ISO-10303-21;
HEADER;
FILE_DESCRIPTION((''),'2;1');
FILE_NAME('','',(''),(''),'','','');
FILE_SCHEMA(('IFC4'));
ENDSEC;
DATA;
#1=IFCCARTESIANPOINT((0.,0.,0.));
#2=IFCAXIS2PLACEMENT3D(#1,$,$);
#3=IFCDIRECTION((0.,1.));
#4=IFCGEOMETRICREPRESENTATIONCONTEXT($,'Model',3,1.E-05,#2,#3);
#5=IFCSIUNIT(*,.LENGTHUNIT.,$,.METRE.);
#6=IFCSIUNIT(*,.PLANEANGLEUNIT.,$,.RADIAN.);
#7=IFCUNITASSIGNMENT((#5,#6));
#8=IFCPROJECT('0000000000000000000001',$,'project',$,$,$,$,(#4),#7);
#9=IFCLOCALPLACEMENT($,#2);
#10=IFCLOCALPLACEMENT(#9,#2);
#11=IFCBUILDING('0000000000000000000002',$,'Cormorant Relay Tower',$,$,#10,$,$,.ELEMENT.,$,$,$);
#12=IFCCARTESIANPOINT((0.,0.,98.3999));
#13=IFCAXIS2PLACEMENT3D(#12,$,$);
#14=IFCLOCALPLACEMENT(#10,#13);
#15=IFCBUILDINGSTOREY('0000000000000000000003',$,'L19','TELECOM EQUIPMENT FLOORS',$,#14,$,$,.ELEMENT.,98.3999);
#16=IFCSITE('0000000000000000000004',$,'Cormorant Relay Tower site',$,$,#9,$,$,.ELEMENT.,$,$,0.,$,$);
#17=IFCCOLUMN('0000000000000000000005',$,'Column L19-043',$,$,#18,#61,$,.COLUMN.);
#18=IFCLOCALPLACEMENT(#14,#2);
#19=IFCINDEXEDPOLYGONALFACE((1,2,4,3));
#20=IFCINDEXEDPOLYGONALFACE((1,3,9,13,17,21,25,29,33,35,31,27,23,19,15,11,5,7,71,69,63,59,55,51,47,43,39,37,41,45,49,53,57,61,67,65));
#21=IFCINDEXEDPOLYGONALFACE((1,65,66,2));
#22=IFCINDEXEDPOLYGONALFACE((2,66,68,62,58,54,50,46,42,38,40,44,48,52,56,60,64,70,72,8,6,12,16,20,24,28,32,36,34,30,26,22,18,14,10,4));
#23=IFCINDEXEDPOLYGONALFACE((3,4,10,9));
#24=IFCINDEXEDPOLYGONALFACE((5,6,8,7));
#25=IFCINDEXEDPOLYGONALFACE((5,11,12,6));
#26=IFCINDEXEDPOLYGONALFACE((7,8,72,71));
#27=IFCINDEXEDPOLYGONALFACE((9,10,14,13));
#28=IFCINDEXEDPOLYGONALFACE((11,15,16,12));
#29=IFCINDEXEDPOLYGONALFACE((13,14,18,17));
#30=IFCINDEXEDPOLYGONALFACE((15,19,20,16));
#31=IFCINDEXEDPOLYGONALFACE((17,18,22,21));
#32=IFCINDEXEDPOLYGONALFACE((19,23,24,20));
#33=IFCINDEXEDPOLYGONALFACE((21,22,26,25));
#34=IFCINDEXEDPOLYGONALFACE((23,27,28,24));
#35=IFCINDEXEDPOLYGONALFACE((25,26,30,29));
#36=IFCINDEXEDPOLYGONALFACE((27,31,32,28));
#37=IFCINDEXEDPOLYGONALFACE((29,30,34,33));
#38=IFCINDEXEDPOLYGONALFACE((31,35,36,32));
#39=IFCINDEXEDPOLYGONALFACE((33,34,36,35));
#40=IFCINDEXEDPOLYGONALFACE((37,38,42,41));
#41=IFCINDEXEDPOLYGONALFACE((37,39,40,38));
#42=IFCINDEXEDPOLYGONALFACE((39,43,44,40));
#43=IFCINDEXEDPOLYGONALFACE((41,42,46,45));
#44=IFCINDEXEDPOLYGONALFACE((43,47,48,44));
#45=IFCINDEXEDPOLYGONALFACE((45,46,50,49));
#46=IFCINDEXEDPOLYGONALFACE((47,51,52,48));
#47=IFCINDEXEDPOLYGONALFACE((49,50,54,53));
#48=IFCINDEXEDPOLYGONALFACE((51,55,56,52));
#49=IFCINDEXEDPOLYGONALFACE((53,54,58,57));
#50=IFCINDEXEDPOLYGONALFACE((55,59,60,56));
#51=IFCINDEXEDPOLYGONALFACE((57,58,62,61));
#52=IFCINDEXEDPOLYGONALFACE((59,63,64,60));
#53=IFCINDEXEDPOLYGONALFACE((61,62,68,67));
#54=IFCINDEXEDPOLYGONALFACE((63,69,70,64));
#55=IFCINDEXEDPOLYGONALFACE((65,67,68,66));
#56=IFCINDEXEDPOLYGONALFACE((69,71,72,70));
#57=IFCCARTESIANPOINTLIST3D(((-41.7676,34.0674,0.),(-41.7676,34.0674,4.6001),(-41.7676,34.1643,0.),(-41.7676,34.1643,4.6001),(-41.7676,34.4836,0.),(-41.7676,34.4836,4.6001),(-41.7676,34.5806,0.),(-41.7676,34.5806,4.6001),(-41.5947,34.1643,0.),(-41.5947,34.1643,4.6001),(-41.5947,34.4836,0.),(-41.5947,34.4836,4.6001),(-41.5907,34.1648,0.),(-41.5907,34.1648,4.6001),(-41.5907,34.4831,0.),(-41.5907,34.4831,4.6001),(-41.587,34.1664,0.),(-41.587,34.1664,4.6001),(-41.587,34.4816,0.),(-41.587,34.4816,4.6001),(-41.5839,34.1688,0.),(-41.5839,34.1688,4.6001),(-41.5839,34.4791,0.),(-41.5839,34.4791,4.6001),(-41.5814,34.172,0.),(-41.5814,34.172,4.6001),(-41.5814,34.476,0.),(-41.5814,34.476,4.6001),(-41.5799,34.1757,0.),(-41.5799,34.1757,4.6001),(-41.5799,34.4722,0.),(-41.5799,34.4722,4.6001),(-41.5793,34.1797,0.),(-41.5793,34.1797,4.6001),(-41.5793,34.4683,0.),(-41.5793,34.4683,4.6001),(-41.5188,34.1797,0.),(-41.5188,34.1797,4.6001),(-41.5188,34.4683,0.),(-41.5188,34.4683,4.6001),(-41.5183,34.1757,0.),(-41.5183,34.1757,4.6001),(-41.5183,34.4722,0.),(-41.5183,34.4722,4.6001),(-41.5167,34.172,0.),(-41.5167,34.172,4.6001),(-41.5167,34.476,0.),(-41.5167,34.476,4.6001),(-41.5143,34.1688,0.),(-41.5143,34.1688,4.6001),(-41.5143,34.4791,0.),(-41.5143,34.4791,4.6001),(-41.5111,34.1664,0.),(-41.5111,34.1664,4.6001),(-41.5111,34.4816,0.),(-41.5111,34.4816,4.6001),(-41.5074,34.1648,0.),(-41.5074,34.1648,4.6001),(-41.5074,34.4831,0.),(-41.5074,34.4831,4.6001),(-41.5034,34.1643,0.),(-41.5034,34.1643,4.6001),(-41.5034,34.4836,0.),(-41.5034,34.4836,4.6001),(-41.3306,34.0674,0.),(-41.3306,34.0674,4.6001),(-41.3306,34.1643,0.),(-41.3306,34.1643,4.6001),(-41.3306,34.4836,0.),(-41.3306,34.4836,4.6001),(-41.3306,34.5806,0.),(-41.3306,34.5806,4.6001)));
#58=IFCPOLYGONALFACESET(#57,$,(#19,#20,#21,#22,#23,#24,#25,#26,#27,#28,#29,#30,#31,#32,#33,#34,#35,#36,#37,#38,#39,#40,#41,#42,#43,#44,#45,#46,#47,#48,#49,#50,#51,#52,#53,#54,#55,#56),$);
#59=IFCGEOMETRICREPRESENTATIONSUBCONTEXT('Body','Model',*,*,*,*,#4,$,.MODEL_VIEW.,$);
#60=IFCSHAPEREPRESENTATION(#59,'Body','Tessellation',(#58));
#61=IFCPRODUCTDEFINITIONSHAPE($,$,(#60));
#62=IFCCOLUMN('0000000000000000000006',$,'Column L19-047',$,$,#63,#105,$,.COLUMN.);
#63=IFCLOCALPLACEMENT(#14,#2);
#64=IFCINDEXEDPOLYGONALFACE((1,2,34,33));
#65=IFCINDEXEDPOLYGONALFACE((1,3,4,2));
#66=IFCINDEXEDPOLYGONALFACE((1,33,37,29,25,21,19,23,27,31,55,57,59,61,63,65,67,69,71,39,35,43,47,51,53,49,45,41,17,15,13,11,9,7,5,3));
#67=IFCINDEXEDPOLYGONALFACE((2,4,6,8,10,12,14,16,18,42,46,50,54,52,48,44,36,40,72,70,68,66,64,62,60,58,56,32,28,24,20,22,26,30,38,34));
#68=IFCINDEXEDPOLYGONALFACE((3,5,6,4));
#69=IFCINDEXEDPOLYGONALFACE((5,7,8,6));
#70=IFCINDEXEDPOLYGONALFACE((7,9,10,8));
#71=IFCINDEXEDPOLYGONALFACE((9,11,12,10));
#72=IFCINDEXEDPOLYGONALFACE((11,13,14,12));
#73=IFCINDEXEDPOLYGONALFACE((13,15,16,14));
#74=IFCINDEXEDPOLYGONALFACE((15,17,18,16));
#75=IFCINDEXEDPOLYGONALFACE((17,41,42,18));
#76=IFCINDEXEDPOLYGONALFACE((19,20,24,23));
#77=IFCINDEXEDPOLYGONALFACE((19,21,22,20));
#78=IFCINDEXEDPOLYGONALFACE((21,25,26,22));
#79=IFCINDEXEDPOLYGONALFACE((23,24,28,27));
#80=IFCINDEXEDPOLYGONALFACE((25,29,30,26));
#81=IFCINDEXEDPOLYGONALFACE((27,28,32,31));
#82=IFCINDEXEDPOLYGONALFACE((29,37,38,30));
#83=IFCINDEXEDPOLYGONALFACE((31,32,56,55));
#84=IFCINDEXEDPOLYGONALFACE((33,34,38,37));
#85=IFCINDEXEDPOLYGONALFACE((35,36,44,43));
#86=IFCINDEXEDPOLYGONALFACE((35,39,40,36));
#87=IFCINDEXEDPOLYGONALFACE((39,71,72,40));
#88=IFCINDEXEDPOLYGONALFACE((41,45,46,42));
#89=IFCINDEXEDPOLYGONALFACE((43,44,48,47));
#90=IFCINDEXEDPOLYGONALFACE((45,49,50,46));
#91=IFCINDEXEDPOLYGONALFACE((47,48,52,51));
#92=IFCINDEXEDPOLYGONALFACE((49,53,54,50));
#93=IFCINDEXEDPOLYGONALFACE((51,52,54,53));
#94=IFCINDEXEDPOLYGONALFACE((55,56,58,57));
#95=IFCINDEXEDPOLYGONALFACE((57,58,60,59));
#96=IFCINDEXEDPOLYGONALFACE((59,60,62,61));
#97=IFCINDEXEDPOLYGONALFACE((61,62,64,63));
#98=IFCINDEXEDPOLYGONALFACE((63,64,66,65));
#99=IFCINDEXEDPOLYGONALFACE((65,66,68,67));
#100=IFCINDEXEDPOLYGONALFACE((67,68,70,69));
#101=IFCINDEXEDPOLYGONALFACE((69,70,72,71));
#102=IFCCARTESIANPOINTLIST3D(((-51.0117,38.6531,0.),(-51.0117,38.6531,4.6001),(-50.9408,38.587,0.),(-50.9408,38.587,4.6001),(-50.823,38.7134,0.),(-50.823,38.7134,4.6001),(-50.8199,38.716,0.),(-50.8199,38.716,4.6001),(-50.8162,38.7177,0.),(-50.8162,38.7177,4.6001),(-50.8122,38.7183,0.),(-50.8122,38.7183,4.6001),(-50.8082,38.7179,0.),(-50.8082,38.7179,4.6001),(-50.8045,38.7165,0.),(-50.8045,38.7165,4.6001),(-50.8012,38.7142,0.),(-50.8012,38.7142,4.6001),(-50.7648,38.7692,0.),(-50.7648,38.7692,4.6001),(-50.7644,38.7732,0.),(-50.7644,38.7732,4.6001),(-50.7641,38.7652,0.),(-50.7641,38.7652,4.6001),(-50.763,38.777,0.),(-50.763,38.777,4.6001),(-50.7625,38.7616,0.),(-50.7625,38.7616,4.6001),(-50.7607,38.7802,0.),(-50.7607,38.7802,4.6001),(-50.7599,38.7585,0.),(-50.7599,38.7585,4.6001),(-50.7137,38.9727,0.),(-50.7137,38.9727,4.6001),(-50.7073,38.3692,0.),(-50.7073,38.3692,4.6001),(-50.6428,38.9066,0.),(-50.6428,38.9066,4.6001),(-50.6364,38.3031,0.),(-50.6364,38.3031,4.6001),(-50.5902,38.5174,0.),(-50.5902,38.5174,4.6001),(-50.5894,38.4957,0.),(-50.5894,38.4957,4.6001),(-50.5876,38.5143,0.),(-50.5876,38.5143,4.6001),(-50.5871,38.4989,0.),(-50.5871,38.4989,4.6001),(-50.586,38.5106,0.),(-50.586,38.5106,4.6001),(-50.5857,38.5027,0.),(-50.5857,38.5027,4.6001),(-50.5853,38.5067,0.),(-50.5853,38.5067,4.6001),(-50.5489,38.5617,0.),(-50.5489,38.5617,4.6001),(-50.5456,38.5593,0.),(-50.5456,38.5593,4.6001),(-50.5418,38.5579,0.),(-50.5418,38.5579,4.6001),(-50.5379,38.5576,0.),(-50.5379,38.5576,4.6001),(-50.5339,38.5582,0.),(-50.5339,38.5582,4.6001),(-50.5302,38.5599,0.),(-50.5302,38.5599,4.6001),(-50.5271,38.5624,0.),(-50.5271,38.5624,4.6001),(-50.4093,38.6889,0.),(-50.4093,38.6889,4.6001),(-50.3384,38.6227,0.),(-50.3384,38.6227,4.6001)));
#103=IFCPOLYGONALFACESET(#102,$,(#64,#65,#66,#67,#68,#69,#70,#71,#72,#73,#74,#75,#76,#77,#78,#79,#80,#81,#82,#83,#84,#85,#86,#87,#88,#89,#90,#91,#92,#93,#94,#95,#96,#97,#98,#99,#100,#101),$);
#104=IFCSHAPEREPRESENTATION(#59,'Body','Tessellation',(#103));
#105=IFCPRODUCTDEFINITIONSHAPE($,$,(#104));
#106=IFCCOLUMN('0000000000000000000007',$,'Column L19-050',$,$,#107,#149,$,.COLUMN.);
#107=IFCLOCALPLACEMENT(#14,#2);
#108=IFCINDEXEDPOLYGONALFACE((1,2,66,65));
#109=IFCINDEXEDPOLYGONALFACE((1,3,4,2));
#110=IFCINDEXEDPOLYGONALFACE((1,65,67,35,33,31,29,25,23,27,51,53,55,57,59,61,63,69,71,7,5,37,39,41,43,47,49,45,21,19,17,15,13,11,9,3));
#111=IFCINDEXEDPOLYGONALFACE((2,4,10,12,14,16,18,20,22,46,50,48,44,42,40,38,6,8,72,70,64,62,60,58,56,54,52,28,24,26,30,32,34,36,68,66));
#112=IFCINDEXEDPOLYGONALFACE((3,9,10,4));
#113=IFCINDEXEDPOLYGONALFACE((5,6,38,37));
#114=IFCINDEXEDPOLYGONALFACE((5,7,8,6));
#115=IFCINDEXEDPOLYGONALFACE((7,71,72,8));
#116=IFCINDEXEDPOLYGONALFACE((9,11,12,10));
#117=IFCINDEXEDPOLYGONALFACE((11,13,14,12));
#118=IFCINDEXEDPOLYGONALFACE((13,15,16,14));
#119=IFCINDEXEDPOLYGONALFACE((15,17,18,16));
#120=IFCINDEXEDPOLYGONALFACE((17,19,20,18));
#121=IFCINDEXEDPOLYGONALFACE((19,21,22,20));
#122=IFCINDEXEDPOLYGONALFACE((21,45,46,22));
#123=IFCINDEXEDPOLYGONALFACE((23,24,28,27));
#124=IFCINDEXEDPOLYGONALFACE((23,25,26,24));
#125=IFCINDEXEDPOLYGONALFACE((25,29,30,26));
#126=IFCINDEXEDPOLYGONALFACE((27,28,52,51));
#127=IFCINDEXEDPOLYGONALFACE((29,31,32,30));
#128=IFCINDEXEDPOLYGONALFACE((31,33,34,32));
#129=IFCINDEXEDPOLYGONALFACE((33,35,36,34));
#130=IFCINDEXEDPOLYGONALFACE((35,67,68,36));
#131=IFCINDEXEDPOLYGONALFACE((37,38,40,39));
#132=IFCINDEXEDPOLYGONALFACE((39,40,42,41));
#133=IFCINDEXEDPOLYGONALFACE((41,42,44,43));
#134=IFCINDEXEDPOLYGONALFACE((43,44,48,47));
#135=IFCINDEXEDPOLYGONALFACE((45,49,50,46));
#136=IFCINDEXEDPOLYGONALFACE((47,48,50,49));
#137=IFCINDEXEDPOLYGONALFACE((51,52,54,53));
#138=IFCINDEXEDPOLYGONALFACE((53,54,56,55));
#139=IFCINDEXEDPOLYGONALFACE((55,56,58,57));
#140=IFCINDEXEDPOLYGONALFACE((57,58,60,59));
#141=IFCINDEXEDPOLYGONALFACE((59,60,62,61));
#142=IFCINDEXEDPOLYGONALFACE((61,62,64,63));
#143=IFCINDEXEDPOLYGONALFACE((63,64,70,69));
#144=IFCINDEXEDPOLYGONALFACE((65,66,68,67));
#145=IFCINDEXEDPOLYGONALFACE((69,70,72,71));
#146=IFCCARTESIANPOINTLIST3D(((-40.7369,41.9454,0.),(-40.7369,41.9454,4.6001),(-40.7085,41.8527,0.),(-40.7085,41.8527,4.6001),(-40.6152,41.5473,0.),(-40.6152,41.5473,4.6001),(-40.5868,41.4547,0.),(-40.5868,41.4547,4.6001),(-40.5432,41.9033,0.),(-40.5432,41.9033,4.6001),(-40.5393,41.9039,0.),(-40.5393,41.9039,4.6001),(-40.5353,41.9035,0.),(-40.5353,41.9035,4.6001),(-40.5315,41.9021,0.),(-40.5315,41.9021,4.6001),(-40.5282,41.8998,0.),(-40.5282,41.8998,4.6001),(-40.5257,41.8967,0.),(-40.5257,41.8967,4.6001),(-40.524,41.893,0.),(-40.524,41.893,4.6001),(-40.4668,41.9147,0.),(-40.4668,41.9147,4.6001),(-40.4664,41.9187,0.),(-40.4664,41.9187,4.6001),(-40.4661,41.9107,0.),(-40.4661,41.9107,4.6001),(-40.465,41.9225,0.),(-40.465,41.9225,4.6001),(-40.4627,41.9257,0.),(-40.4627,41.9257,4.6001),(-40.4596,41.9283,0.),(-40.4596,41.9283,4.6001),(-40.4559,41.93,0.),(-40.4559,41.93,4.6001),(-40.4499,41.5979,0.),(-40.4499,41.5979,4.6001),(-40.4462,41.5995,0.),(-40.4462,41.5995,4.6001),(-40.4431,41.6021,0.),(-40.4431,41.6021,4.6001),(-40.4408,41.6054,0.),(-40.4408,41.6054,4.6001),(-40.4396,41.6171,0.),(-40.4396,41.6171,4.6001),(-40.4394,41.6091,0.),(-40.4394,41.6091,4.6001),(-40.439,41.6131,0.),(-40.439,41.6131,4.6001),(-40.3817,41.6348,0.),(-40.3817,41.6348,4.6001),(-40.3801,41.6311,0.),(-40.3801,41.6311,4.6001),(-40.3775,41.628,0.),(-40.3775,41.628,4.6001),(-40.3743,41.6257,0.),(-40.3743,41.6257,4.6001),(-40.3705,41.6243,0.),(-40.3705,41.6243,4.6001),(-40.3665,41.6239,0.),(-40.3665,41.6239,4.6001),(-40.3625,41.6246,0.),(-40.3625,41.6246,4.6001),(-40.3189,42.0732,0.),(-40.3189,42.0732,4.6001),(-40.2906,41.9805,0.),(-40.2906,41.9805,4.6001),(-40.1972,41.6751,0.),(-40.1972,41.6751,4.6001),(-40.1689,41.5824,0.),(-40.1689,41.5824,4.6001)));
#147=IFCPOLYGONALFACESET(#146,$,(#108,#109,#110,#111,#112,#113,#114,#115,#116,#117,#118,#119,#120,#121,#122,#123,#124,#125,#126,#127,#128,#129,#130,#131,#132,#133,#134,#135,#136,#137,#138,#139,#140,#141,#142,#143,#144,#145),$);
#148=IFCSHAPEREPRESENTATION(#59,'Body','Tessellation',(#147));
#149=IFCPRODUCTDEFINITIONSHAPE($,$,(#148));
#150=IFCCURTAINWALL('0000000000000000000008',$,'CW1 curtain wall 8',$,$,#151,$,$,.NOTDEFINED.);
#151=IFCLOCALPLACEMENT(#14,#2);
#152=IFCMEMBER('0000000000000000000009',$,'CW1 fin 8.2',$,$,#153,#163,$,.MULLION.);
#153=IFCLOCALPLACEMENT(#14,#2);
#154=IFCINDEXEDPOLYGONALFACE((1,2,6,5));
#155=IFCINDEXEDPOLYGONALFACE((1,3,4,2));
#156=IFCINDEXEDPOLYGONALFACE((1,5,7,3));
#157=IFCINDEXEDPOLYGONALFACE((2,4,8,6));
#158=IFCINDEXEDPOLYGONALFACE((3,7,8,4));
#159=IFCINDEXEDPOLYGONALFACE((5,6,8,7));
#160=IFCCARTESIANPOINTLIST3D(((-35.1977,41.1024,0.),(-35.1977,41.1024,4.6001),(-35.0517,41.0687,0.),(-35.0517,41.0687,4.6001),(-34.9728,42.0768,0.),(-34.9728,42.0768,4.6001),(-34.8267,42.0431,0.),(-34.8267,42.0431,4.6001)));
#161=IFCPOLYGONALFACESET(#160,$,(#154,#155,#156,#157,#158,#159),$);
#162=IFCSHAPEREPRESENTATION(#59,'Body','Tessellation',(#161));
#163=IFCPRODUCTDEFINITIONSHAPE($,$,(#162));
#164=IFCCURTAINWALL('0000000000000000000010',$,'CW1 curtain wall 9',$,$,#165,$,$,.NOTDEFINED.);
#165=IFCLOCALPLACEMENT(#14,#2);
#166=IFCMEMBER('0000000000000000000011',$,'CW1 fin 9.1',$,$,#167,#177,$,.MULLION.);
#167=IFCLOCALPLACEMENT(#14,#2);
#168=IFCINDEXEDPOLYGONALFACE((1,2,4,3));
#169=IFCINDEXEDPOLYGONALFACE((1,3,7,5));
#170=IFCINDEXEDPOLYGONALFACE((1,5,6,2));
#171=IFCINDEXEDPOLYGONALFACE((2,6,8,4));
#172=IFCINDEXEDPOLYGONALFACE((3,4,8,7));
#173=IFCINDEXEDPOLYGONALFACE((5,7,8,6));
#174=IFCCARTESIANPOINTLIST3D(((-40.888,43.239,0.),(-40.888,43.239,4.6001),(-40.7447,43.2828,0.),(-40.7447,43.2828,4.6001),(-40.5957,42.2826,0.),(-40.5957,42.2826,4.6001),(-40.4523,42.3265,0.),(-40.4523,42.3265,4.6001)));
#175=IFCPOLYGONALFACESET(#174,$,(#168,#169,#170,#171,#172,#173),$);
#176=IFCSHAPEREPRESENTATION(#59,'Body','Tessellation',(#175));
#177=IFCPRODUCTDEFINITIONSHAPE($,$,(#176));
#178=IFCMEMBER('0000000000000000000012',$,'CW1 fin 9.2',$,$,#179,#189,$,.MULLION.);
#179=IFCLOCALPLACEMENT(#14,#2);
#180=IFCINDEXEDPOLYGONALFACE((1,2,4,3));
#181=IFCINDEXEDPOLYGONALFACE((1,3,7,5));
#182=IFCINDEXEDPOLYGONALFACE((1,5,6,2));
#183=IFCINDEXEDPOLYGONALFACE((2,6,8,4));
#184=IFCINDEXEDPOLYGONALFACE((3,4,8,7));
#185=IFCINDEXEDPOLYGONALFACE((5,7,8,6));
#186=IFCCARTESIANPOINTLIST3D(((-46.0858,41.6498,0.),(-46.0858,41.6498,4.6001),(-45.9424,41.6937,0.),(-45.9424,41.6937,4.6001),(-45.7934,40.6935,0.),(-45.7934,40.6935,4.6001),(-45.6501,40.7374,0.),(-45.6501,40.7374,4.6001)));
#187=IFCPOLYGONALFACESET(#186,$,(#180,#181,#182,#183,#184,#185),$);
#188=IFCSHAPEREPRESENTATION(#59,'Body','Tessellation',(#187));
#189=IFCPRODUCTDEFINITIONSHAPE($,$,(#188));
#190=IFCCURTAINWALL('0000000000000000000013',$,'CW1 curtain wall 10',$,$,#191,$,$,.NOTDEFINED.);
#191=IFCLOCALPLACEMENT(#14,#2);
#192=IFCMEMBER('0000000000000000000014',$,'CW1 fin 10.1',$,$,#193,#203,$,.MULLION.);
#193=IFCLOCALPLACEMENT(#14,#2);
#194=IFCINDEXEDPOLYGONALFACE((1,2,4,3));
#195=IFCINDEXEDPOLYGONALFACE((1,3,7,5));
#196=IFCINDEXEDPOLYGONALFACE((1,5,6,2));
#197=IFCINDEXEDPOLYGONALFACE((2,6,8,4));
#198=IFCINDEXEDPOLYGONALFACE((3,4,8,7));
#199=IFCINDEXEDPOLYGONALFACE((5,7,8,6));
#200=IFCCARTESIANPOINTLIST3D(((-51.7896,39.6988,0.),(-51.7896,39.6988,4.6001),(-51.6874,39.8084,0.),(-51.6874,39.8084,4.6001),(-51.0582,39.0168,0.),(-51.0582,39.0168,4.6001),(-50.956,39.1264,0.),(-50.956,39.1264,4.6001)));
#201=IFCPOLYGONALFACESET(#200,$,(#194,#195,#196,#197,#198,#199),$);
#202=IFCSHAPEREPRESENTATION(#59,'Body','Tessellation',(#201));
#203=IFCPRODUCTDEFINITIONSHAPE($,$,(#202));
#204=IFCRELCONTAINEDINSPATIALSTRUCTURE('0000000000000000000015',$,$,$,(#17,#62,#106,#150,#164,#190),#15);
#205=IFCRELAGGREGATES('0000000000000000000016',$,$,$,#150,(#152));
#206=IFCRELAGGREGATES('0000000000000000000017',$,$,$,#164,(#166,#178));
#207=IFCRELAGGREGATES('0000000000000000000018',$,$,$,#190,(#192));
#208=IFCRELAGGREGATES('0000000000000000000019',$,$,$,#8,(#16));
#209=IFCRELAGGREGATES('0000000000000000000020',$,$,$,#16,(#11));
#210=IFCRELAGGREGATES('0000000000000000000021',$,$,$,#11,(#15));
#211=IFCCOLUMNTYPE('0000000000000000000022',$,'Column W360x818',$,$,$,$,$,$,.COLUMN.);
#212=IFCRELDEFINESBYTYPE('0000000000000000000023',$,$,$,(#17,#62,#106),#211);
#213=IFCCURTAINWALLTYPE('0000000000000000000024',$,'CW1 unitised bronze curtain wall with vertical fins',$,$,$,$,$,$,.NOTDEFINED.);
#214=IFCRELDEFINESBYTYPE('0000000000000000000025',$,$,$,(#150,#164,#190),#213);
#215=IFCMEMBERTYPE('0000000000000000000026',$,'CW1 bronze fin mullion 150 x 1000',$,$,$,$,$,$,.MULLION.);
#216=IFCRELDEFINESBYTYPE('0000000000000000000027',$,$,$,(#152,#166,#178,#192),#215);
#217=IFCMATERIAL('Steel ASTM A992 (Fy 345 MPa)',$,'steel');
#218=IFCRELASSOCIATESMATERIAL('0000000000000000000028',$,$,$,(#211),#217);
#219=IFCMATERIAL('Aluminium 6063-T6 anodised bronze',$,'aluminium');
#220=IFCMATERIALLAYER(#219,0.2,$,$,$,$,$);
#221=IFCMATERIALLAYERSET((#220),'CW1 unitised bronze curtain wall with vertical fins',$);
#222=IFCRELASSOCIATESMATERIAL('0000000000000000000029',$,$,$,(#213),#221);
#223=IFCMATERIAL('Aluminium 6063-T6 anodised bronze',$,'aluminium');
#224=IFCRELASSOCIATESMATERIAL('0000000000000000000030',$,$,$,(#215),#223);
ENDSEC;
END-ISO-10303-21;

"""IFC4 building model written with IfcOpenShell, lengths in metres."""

from ifc_helpers import new_model, si_unit, direction, frame, origin, origin_2d, place, context, subcontext, project, spatial, rectangle, i_section, extrude, material, layer, layer_set, material_profile, profile_set, type_object, element, aggregate, save


model = new_model("IFC4")

# Units and contexts
model_context = context("Model", 3, precision=1e-05, world=origin(), true_north=direction((0.0, 1.0)))
body_context = subcontext(model_context, "Body", "Model", "MODEL_VIEW")
ifc_project = project(units=[si_unit("LENGTHUNIT", "METRE"), si_unit("PLANEANGLEUNIT", "RADIAN")], contexts=[model_context])

# Site, building, storey
site_placement = place(None, origin())
site = spatial("IfcSite", under=ifc_project, at=site_placement, Name="Cormorant Relay Tower site", CompositionType="ELEMENT", RefElevation=0.0)
building_placement = place(site_placement, origin())
building = spatial("IfcBuilding", under=site, at=building_placement, Name="Cormorant Relay Tower", CompositionType="ELEMENT")
storey_placement = place(building_placement, frame((0.0, 0.0, 98.3999)))
storey = spatial("IfcBuildingStorey", under=building, at=storey_placement, Name="L19", Description="TELECOM EQUIPMENT FLOORS", CompositionType="ELEMENT", Elevation=98.3999)

# Columns
ifc_material_1 = material(Name="Steel ASTM A992 (Fy 345 MPa)", Category="steel")
ifc_material_profile_1 = material_profile(ifc_material_1, i_section(OverallWidth=0.437, OverallDepth=0.5132, WebThickness=0.0605, FlangeThickness=0.0969, FilletRadius=0.0154, at=origin_2d()), Name="W360x818")
ifc_profile_set_1 = profile_set([ifc_material_profile_1], Name="Steel ASTM A992 (Fy 345 MPa)")
column_type = type_object("IfcColumnType", Name="Column W360x818", PredefinedType="COLUMN", material=ifc_profile_set_1)
for number, where, z_axis, x_axis, name in (
    (1, (-41.5491, 34.324, 0.0), (0.0, 0.0, 1.0), (1.0, 0.0, 0.0), "Column L19-043"),
    (2, (-50.675, 38.6379, 0.0), (0.0, 0.0, 1.0), (-0.681998, -0.731354, 0.0), "Column L19-047"),
    (3, (-40.4529, 41.7639, 0.0), (0.0, 0.0, 1.0), (-0.956305, -0.292372, 0.0), "Column L19-050"),
):
    element("IfcColumn", number, at=place(storey_placement, frame(where, z_axis=z_axis, x_axis=x_axis)), inside=storey, type_object=column_type, Name=name, PredefinedType="COLUMN", context=body_context, shape_type="SweptSolid", body=[
        extrude(i_section(OverallWidth=0.437, OverallDepth=0.5132, WebThickness=0.0605, FlangeThickness=0.0969, FilletRadius=0.0154, at=origin_2d()), origin(), (0.0, 0.0, 1.0), 4.6001),
    ])

# Curtain wall, member
ifc_material_2 = material(Name="Aluminium 6063-T6 anodised bronze", Category="aluminium")
ifc_layer_1 = layer(ifc_material_2, 0.2)
ifc_layer_set_1 = layer_set([ifc_layer_1], Name="CW1 unitised bronze curtain wall with vertical fins")
curtain_wall_type = type_object("IfcCurtainWallType", Name="CW1 unitised bronze curtain wall with vertical fins", PredefinedType="NOTDEFINED", material=ifc_layer_set_1)
curtain_wall_1_placement = place(storey_placement, origin())
curtain_wall_1 = element("IfcCurtainWall", 4, at=curtain_wall_1_placement, inside=storey, type_object=curtain_wall_type, Name="CW1 curtain wall 8", PredefinedType="NOTDEFINED")
ifc_material_3 = material(Name="Aluminium 6063-T6 anodised bronze", Category="aluminium")
ifc_material_profile_2 = material_profile(ifc_material_3, rectangle(XDim=0.1499, YDim=1.0, at=origin_2d()), Name="AL 150x1000")
ifc_profile_set_2 = profile_set([ifc_material_profile_2], Name="Aluminium 6063-T6 anodised bronze")
member_type_1 = type_object("IfcMemberType", Name="CW1 bronze fin mullion 150 x 1000", PredefinedType="MULLION", material=ifc_profile_set_2)
member_1_placement = place(storey_placement, frame((-35.0122, 41.5728, 0.0), z_axis=(0.0, 0.0, 1.0), x_axis=(-0.97437, 0.224951, 0.0)))
member_1 = element("IfcMember", 5, at=member_1_placement, type_object=member_type_1, Name="CW1 fin 8.2", PredefinedType="MULLION", context=body_context, shape_type="SweptSolid", body=[
    extrude(rectangle(XDim=0.1499, YDim=1.0, at=origin_2d()), origin(), (0.0, 0.0, 1.0), 4.6001),
])

# Curtain walls, members
curtain_wall_2_placement = place(storey_placement, origin())
curtain_wall_2 = element("IfcCurtainWall", 6, at=curtain_wall_2_placement, inside=storey, type_object=curtain_wall_type, Name="CW1 curtain wall 9", PredefinedType="NOTDEFINED")
member_2_placement = place(storey_placement, frame((-40.6702, 42.7827, 0.0), z_axis=(0.0, 0.0, 1.0), x_axis=(-0.956305, -0.292372, 0.0)))
member_2 = element("IfcMember", 7, at=member_2_placement, type_object=member_type_1, Name="CW1 fin 9.1", PredefinedType="MULLION", context=body_context, shape_type="SweptSolid", body=[
    extrude(rectangle(XDim=0.1499, YDim=1.0, at=origin_2d()), origin(), (0.0, 0.0, 1.0), 4.6001),
])
member_3_placement = place(storey_placement, frame((-45.8679, 41.1936, 0.0), z_axis=(0.0, 0.0, 1.0), x_axis=(-0.956305, -0.292372, 0.0)))
member_3 = element("IfcMember", 8, at=member_3_placement, type_object=member_type_1, Name="CW1 fin 9.2", PredefinedType="MULLION", context=body_context, shape_type="SweptSolid", body=[
    extrude(rectangle(XDim=0.1499, YDim=1.0, at=origin_2d()), origin(), (0.0, 0.0, 1.0), 4.6001),
])
curtain_wall_3_placement = place(storey_placement, origin())
curtain_wall_3 = element("IfcCurtainWall", 9, at=curtain_wall_3_placement, inside=storey, type_object=curtain_wall_type, Name="CW1 curtain wall 10", PredefinedType="NOTDEFINED")
member_4_placement = place(storey_placement, frame((-51.3728, 39.4126, 0.0), z_axis=(0.0, 0.0, 1.0), x_axis=(-0.681998, -0.731354, 0.0)))
member_4 = element("IfcMember", 10, at=member_4_placement, type_object=member_type_1, Name="CW1 fin 10.1", PredefinedType="MULLION", context=body_context, shape_type="SweptSolid", body=[
    extrude(rectangle(XDim=0.1499, YDim=1.0, at=origin_2d()), origin(), (0.0, 0.0, 1.0), 4.6001),
])

aggregate(curtain_wall_1, [member_1])
aggregate(curtain_wall_2, [member_2, member_3])
aggregate(curtain_wall_3, [member_4])

save(model, "model.ifc")
